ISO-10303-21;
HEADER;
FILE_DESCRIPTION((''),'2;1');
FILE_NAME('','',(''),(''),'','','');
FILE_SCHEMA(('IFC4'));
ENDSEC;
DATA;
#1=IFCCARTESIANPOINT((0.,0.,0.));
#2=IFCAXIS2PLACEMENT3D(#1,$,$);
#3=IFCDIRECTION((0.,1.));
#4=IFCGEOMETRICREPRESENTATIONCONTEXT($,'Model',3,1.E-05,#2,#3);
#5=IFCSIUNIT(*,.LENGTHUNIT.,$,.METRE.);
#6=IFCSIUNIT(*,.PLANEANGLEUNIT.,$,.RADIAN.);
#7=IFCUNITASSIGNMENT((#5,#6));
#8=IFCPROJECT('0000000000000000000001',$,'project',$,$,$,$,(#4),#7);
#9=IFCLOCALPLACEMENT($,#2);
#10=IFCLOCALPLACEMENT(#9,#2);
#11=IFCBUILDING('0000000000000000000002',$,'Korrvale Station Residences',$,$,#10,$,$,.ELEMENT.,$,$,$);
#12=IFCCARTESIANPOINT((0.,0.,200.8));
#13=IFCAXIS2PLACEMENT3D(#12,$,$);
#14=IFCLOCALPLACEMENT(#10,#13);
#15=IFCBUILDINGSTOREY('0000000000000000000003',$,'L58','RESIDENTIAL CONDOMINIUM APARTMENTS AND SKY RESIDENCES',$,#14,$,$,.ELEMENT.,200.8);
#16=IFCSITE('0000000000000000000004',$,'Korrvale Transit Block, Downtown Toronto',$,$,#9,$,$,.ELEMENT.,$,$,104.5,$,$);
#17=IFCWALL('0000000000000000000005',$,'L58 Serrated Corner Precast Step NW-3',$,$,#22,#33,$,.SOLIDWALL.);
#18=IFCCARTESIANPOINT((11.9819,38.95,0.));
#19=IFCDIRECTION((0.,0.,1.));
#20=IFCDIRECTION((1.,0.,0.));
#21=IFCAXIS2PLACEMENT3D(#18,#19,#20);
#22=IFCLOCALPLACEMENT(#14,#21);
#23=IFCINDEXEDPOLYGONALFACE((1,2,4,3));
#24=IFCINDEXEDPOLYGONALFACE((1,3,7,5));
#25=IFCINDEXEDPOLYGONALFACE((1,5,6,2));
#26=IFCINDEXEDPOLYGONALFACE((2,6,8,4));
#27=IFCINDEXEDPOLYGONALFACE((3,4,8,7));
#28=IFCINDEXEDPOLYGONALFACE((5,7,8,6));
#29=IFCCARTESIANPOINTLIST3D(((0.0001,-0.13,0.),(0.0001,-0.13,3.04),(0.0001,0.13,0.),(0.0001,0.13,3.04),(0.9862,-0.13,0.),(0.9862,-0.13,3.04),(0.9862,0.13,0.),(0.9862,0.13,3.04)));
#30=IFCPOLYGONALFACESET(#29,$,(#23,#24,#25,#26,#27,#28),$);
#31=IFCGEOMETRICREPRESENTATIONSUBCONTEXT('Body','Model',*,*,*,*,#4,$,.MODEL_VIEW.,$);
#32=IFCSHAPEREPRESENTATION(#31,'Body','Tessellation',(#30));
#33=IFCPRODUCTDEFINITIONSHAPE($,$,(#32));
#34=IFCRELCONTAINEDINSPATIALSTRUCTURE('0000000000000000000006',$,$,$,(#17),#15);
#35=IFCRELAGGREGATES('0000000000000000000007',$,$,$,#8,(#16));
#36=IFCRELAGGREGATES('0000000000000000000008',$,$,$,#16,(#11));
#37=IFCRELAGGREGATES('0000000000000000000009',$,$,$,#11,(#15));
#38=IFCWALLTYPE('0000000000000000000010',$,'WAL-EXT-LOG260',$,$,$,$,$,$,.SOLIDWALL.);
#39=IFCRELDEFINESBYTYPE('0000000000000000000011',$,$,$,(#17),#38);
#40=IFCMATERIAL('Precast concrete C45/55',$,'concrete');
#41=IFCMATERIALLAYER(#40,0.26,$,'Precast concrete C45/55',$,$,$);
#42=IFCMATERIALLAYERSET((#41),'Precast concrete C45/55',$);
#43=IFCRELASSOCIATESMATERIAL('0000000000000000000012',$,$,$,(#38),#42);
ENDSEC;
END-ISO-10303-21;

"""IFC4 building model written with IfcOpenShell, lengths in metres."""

from ifc_helpers import new_model, si_unit, direction, frame, frame_2d, origin, place, context, subcontext, project, spatial, rectangle, extrude, material, layer, layer_set, type_object, element, save


model = new_model("IFC4")

# Units and contexts
model_context = context("Model", 3, precision=1e-05, world=origin(), true_north=direction((0.0, 1.0)))
body_context = subcontext(model_context, "Body", "Model", "MODEL_VIEW")
ifc_project = project(units=[si_unit("LENGTHUNIT", "METRE"), si_unit("PLANEANGLEUNIT", "RADIAN")], contexts=[model_context])

# Site, building, storey
site_placement = place(None, origin())
site = spatial("IfcSite", under=ifc_project, at=site_placement, Name="Korrvale Transit Block, Downtown Toronto", CompositionType="ELEMENT", RefElevation=104.5)
building_placement = place(site_placement, origin())
building = spatial("IfcBuilding", under=site, at=building_placement, Name="Korrvale Station Residences", CompositionType="ELEMENT")
storey_placement = place(building_placement, frame((0.0, 0.0, 200.8)))
storey = spatial("IfcBuildingStorey", under=building, at=storey_placement, Name="L58", Description="RESIDENTIAL CONDOMINIUM APARTMENTS AND SKY RESIDENCES", CompositionType="ELEMENT", Elevation=200.8)

# Wall
ifc_material_1 = material(Name="Precast concrete C45/55", Category="concrete")
ifc_layer_1 = layer(ifc_material_1, 0.26, Name="Precast concrete C45/55")
ifc_layer_set_1 = layer_set([ifc_layer_1], Name="Precast concrete C45/55")
wall_type_1 = type_object("IfcWallType", Name="WAL-EXT-LOG260", PredefinedType="SOLIDWALL", material=ifc_layer_set_1)
wall_1_placement = place(storey_placement, frame((11.9819, 38.95, 0.0), z_axis=(0.0, 0.0, 1.0), x_axis=(1.0, 0.0, 0.0)))
element("IfcWall", 1, at=wall_1_placement, inside=storey, type_object=wall_type_1, Name="L58 Serrated Corner Precast Step NW-3", PredefinedType="SOLIDWALL", context=body_context, shape_type="SweptSolid", body=[
    extrude(rectangle(XDim=0.9861, YDim=0.26, at=frame_2d((0.4932, 0.0))), origin(), (0.0, 0.0, 1.0), 3.04),
])

save(model, "model.ifc")
